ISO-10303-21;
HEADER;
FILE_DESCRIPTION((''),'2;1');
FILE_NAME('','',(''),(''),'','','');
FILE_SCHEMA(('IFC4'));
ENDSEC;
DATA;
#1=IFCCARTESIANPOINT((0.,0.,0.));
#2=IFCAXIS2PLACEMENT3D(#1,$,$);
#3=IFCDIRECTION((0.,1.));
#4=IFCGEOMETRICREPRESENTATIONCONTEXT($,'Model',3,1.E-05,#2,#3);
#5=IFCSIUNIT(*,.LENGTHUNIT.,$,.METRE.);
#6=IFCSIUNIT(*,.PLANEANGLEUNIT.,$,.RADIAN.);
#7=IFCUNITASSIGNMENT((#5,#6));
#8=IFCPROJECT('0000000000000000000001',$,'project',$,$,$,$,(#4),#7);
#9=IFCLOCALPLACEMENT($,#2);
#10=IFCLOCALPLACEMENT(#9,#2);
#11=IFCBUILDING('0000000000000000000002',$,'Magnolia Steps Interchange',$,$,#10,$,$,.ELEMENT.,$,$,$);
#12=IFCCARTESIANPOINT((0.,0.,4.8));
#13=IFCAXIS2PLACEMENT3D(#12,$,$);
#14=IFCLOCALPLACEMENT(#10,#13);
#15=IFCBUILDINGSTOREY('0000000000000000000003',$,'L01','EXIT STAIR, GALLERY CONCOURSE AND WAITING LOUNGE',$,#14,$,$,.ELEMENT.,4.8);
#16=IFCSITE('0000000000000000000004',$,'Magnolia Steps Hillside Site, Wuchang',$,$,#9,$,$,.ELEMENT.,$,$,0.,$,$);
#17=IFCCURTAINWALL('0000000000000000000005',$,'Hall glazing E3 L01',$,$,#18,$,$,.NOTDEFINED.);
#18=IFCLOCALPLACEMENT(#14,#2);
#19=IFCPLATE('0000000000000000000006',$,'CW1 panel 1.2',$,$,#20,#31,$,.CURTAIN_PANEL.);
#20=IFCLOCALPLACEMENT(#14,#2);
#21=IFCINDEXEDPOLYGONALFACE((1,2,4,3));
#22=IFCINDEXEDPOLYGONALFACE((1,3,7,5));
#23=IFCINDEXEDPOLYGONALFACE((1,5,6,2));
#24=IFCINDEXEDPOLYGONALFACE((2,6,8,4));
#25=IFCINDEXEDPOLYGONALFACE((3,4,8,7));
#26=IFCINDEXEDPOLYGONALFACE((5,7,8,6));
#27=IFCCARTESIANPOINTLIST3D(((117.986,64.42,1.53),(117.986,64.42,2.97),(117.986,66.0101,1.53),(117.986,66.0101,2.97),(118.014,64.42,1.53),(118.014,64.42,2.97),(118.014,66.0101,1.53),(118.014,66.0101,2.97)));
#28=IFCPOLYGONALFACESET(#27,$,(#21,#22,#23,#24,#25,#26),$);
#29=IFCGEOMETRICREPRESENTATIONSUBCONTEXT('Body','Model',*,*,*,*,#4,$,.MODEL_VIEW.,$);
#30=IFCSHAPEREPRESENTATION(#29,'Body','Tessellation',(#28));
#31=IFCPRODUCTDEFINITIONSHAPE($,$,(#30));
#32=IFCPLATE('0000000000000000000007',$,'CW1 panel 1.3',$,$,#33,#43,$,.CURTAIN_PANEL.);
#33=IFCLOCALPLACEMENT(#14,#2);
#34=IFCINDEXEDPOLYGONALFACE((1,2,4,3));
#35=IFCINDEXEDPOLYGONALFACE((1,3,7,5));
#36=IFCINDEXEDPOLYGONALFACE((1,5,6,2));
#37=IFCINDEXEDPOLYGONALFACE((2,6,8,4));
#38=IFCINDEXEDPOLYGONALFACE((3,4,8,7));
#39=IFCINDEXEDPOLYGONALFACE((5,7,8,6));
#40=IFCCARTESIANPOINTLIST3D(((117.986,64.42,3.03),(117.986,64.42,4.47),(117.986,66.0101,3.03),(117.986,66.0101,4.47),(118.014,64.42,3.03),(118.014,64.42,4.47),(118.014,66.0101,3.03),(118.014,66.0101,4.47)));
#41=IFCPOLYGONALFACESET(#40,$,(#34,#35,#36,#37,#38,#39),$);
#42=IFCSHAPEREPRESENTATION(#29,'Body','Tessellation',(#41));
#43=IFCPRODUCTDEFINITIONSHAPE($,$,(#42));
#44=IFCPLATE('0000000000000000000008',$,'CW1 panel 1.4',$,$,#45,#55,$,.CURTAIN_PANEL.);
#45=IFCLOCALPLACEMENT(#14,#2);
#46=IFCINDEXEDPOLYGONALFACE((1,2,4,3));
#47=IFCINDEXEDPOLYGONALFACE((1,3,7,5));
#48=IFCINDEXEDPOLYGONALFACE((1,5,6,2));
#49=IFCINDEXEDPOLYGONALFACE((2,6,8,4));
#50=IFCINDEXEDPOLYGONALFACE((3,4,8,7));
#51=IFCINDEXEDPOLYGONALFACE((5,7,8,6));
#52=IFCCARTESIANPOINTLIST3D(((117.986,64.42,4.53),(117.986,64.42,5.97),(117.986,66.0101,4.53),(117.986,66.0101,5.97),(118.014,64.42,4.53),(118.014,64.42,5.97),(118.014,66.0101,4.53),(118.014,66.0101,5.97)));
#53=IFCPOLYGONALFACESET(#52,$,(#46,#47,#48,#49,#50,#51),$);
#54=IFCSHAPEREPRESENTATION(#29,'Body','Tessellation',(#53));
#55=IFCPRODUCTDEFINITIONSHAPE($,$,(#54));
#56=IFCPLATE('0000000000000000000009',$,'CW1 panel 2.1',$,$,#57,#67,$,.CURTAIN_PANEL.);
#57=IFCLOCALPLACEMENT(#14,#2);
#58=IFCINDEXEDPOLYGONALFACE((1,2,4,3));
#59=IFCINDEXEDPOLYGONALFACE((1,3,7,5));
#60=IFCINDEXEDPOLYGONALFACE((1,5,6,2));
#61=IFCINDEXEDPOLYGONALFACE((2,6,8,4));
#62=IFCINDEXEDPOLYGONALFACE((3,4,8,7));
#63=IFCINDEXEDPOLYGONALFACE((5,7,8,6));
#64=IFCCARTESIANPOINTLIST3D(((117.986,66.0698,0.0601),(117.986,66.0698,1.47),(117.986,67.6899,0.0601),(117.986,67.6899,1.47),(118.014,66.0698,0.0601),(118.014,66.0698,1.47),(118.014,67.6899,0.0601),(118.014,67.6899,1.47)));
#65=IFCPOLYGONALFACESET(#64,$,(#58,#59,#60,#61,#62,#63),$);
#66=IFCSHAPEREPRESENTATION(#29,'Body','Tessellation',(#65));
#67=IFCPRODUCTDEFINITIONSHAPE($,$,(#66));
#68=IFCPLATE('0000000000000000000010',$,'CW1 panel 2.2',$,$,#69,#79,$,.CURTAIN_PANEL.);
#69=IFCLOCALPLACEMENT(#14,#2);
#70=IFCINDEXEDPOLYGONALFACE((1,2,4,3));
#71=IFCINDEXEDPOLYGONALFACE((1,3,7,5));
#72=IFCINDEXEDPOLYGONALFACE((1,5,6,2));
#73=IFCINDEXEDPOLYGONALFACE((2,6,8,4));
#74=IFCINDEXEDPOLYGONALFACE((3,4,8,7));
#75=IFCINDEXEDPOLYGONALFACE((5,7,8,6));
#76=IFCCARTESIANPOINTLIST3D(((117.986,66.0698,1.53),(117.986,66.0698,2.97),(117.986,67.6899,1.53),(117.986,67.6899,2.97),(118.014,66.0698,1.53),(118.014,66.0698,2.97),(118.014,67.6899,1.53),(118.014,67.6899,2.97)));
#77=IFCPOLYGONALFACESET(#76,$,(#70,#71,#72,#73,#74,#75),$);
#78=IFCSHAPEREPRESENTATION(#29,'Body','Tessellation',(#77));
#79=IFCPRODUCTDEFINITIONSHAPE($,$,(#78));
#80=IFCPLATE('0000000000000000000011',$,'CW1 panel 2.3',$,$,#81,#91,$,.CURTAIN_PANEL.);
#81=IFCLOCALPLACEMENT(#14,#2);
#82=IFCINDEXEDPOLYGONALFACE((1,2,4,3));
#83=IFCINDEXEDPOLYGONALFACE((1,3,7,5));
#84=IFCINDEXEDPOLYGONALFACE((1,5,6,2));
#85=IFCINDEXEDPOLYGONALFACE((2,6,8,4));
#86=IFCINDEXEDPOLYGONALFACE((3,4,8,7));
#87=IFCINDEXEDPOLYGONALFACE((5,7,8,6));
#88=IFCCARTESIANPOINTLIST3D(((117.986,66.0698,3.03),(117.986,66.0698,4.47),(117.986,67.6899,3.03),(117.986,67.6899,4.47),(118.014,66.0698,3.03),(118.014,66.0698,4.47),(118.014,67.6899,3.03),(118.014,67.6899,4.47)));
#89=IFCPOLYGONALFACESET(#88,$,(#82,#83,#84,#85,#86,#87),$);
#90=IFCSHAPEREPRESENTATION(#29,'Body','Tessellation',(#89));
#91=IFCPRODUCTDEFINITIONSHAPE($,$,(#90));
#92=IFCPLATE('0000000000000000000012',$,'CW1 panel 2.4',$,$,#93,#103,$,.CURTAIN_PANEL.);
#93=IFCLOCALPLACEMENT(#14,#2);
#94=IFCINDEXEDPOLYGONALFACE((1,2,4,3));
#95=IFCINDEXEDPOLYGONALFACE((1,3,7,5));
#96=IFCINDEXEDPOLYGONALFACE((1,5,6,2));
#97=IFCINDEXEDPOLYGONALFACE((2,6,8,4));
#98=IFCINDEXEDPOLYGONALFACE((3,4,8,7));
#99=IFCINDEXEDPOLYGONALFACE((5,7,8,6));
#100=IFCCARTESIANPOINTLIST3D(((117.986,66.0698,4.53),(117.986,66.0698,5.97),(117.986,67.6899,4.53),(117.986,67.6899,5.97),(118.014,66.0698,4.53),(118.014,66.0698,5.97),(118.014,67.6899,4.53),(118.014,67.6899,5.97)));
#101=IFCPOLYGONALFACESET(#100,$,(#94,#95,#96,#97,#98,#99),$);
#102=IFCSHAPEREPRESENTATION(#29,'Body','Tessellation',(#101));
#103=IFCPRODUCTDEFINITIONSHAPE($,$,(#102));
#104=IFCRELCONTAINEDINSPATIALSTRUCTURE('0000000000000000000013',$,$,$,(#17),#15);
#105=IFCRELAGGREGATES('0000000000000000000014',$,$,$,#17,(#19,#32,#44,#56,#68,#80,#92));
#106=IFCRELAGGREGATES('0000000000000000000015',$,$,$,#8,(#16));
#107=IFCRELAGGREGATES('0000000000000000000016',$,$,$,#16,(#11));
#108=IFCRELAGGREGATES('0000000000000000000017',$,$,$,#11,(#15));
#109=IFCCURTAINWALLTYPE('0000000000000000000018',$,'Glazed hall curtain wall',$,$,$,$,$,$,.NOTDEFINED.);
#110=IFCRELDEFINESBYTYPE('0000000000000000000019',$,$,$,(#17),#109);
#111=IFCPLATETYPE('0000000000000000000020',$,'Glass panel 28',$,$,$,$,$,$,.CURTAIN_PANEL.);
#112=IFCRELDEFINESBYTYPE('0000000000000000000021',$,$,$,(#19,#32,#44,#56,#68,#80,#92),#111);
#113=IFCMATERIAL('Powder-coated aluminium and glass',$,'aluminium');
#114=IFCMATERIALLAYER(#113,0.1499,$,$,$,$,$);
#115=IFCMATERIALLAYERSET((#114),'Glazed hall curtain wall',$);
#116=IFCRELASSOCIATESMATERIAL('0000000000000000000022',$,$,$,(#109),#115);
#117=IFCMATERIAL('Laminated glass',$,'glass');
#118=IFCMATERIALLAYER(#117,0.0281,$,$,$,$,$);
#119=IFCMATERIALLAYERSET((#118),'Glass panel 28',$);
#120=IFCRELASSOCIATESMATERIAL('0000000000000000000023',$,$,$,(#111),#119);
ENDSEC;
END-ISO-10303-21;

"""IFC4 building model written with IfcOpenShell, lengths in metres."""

from ifc_helpers import new_model, si_unit, direction, frame, origin, origin_2d, place, context, subcontext, project, spatial, rectangle, extrude, material, layer, layer_set, type_object, element, aggregate, save


model = new_model("IFC4")

# Units and contexts
model_context = context("Model", 3, precision=1e-05, world=origin(), true_north=direction((0.0, 1.0)))
body_context = subcontext(model_context, "Body", "Model", "MODEL_VIEW")
ifc_project = project(units=[si_unit("LENGTHUNIT", "METRE"), si_unit("PLANEANGLEUNIT", "RADIAN")], contexts=[model_context])

# Site, building, storey
site_placement = place(None, origin())
site = spatial("IfcSite", under=ifc_project, at=site_placement, Name="Magnolia Steps Hillside Site, Wuchang", CompositionType="ELEMENT", RefElevation=0.0)
building_placement = place(site_placement, origin())
building = spatial("IfcBuilding", under=site, at=building_placement, Name="Magnolia Steps Interchange", CompositionType="ELEMENT")
storey_placement = place(building_placement, frame((0.0, 0.0, 4.8)))
storey = spatial("IfcBuildingStorey", under=building, at=storey_placement, Name="L01", Description="EXIT STAIR, GALLERY CONCOURSE AND WAITING LOUNGE", CompositionType="ELEMENT", Elevation=4.8)

# Curtain wall, plates
ifc_material_1 = material(Name="Powder-coated aluminium and glass", Category="aluminium")
ifc_layer_1 = layer(ifc_material_1, 0.1499)
ifc_layer_set_1 = layer_set([ifc_layer_1], Name="Glazed hall curtain wall")
curtain_wall_type = type_object("IfcCurtainWallType", Name="Glazed hall curtain wall", PredefinedType="NOTDEFINED", material=ifc_layer_set_1)
curtain_wall_placement = place(storey_placement, origin())
curtain_wall = element("IfcCurtainWall", 1, at=curtain_wall_placement, inside=storey, type_object=curtain_wall_type, Name="Hall glazing E3 L01", PredefinedType="NOTDEFINED")
ifc_material_2 = material(Name="Laminated glass", Category="glass")
ifc_layer_2 = layer(ifc_material_2, 0.0281)
ifc_layer_set_2 = layer_set([ifc_layer_2], Name="Glass panel 28")
plate_type = type_object("IfcPlateType", Name="Glass panel 28", PredefinedType="CURTAIN_PANEL", material=ifc_layer_set_2)
plate_1_placement = place(storey_placement, frame((118.0, 65.2151, 1.53), z_axis=(0.0, 0.0, 1.0), x_axis=(0.0, 1.0, 0.0)))
plate_1 = element("IfcPlate", 2, at=plate_1_placement, type_object=plate_type, Name="CW1 panel 1.2", PredefinedType="CURTAIN_PANEL", context=body_context, shape_type="SweptSolid", body=[
    extrude(rectangle(XDim=1.5901, YDim=0.0281, at=origin_2d()), origin(), (0.0, 0.0, 1.0), 1.4399),
])
plate_2_placement = place(storey_placement, frame((118.0, 65.2151, 3.03), z_axis=(0.0, 0.0, 1.0), x_axis=(0.0, 1.0, 0.0)))
plate_2 = element("IfcPlate", 3, at=plate_2_placement, type_object=plate_type, Name="CW1 panel 1.3", PredefinedType="CURTAIN_PANEL", context=body_context, shape_type="SweptSolid", body=[
    extrude(rectangle(XDim=1.5901, YDim=0.0281, at=origin_2d()), origin(), (0.0, 0.0, 1.0), 1.4399),
])
plate_3_placement = place(storey_placement, frame((118.0, 65.2151, 4.53), z_axis=(0.0, 0.0, 1.0), x_axis=(0.0, 1.0, 0.0)))
plate_3 = element("IfcPlate", 4, at=plate_3_placement, type_object=plate_type, Name="CW1 panel 1.4", PredefinedType="CURTAIN_PANEL", context=body_context, shape_type="SweptSolid", body=[
    extrude(rectangle(XDim=1.5901, YDim=0.0281, at=origin_2d()), origin(), (0.0, 0.0, 1.0), 1.4399),
])
plate_4_placement = place(storey_placement, frame((118.0, 66.8799, 0.0601), z_axis=(0.0, 0.0, 1.0), x_axis=(0.0, 1.0, 0.0)))
plate_4 = element("IfcPlate", 5, at=plate_4_placement, type_object=plate_type, Name="CW1 panel 2.1", PredefinedType="CURTAIN_PANEL", context=body_context, shape_type="SweptSolid", body=[
    extrude(rectangle(XDim=1.6201, YDim=0.0281, at=origin_2d()), origin(), (0.0, 0.0, 1.0), 1.4099),
])
plate_5_placement = place(storey_placement, frame((118.0, 66.8799, 1.53), z_axis=(0.0, 0.0, 1.0), x_axis=(0.0, 1.0, 0.0)))
plate_5 = element("IfcPlate", 6, at=plate_5_placement, type_object=plate_type, Name="CW1 panel 2.2", PredefinedType="CURTAIN_PANEL", context=body_context, shape_type="SweptSolid", body=[
    extrude(rectangle(XDim=1.6201, YDim=0.0281, at=origin_2d()), origin(), (0.0, 0.0, 1.0), 1.4399),
])
plate_6_placement = place(storey_placement, frame((118.0, 66.8799, 3.03), z_axis=(0.0, 0.0, 1.0), x_axis=(0.0, 1.0, 0.0)))
plate_6 = element("IfcPlate", 7, at=plate_6_placement, type_object=plate_type, Name="CW1 panel 2.3", PredefinedType="CURTAIN_PANEL", context=body_context, shape_type="SweptSolid", body=[
    extrude(rectangle(XDim=1.6201, YDim=0.0281, at=origin_2d()), origin(), (0.0, 0.0, 1.0), 1.4399),
])
plate_7_placement = place(storey_placement, frame((118.0, 66.8799, 4.53), z_axis=(0.0, 0.0, 1.0), x_axis=(0.0, 1.0, 0.0)))
plate_7 = element("IfcPlate", 8, at=plate_7_placement, type_object=plate_type, Name="CW1 panel 2.4", PredefinedType="CURTAIN_PANEL", context=body_context, shape_type="SweptSolid", body=[
    extrude(rectangle(XDim=1.6201, YDim=0.0281, at=origin_2d()), origin(), (0.0, 0.0, 1.0), 1.4399),
])
aggregate(curtain_wall, [plate_1, plate_2, plate_3, plate_4, plate_5, plate_6, plate_7])

save(model, "model.ifc")
